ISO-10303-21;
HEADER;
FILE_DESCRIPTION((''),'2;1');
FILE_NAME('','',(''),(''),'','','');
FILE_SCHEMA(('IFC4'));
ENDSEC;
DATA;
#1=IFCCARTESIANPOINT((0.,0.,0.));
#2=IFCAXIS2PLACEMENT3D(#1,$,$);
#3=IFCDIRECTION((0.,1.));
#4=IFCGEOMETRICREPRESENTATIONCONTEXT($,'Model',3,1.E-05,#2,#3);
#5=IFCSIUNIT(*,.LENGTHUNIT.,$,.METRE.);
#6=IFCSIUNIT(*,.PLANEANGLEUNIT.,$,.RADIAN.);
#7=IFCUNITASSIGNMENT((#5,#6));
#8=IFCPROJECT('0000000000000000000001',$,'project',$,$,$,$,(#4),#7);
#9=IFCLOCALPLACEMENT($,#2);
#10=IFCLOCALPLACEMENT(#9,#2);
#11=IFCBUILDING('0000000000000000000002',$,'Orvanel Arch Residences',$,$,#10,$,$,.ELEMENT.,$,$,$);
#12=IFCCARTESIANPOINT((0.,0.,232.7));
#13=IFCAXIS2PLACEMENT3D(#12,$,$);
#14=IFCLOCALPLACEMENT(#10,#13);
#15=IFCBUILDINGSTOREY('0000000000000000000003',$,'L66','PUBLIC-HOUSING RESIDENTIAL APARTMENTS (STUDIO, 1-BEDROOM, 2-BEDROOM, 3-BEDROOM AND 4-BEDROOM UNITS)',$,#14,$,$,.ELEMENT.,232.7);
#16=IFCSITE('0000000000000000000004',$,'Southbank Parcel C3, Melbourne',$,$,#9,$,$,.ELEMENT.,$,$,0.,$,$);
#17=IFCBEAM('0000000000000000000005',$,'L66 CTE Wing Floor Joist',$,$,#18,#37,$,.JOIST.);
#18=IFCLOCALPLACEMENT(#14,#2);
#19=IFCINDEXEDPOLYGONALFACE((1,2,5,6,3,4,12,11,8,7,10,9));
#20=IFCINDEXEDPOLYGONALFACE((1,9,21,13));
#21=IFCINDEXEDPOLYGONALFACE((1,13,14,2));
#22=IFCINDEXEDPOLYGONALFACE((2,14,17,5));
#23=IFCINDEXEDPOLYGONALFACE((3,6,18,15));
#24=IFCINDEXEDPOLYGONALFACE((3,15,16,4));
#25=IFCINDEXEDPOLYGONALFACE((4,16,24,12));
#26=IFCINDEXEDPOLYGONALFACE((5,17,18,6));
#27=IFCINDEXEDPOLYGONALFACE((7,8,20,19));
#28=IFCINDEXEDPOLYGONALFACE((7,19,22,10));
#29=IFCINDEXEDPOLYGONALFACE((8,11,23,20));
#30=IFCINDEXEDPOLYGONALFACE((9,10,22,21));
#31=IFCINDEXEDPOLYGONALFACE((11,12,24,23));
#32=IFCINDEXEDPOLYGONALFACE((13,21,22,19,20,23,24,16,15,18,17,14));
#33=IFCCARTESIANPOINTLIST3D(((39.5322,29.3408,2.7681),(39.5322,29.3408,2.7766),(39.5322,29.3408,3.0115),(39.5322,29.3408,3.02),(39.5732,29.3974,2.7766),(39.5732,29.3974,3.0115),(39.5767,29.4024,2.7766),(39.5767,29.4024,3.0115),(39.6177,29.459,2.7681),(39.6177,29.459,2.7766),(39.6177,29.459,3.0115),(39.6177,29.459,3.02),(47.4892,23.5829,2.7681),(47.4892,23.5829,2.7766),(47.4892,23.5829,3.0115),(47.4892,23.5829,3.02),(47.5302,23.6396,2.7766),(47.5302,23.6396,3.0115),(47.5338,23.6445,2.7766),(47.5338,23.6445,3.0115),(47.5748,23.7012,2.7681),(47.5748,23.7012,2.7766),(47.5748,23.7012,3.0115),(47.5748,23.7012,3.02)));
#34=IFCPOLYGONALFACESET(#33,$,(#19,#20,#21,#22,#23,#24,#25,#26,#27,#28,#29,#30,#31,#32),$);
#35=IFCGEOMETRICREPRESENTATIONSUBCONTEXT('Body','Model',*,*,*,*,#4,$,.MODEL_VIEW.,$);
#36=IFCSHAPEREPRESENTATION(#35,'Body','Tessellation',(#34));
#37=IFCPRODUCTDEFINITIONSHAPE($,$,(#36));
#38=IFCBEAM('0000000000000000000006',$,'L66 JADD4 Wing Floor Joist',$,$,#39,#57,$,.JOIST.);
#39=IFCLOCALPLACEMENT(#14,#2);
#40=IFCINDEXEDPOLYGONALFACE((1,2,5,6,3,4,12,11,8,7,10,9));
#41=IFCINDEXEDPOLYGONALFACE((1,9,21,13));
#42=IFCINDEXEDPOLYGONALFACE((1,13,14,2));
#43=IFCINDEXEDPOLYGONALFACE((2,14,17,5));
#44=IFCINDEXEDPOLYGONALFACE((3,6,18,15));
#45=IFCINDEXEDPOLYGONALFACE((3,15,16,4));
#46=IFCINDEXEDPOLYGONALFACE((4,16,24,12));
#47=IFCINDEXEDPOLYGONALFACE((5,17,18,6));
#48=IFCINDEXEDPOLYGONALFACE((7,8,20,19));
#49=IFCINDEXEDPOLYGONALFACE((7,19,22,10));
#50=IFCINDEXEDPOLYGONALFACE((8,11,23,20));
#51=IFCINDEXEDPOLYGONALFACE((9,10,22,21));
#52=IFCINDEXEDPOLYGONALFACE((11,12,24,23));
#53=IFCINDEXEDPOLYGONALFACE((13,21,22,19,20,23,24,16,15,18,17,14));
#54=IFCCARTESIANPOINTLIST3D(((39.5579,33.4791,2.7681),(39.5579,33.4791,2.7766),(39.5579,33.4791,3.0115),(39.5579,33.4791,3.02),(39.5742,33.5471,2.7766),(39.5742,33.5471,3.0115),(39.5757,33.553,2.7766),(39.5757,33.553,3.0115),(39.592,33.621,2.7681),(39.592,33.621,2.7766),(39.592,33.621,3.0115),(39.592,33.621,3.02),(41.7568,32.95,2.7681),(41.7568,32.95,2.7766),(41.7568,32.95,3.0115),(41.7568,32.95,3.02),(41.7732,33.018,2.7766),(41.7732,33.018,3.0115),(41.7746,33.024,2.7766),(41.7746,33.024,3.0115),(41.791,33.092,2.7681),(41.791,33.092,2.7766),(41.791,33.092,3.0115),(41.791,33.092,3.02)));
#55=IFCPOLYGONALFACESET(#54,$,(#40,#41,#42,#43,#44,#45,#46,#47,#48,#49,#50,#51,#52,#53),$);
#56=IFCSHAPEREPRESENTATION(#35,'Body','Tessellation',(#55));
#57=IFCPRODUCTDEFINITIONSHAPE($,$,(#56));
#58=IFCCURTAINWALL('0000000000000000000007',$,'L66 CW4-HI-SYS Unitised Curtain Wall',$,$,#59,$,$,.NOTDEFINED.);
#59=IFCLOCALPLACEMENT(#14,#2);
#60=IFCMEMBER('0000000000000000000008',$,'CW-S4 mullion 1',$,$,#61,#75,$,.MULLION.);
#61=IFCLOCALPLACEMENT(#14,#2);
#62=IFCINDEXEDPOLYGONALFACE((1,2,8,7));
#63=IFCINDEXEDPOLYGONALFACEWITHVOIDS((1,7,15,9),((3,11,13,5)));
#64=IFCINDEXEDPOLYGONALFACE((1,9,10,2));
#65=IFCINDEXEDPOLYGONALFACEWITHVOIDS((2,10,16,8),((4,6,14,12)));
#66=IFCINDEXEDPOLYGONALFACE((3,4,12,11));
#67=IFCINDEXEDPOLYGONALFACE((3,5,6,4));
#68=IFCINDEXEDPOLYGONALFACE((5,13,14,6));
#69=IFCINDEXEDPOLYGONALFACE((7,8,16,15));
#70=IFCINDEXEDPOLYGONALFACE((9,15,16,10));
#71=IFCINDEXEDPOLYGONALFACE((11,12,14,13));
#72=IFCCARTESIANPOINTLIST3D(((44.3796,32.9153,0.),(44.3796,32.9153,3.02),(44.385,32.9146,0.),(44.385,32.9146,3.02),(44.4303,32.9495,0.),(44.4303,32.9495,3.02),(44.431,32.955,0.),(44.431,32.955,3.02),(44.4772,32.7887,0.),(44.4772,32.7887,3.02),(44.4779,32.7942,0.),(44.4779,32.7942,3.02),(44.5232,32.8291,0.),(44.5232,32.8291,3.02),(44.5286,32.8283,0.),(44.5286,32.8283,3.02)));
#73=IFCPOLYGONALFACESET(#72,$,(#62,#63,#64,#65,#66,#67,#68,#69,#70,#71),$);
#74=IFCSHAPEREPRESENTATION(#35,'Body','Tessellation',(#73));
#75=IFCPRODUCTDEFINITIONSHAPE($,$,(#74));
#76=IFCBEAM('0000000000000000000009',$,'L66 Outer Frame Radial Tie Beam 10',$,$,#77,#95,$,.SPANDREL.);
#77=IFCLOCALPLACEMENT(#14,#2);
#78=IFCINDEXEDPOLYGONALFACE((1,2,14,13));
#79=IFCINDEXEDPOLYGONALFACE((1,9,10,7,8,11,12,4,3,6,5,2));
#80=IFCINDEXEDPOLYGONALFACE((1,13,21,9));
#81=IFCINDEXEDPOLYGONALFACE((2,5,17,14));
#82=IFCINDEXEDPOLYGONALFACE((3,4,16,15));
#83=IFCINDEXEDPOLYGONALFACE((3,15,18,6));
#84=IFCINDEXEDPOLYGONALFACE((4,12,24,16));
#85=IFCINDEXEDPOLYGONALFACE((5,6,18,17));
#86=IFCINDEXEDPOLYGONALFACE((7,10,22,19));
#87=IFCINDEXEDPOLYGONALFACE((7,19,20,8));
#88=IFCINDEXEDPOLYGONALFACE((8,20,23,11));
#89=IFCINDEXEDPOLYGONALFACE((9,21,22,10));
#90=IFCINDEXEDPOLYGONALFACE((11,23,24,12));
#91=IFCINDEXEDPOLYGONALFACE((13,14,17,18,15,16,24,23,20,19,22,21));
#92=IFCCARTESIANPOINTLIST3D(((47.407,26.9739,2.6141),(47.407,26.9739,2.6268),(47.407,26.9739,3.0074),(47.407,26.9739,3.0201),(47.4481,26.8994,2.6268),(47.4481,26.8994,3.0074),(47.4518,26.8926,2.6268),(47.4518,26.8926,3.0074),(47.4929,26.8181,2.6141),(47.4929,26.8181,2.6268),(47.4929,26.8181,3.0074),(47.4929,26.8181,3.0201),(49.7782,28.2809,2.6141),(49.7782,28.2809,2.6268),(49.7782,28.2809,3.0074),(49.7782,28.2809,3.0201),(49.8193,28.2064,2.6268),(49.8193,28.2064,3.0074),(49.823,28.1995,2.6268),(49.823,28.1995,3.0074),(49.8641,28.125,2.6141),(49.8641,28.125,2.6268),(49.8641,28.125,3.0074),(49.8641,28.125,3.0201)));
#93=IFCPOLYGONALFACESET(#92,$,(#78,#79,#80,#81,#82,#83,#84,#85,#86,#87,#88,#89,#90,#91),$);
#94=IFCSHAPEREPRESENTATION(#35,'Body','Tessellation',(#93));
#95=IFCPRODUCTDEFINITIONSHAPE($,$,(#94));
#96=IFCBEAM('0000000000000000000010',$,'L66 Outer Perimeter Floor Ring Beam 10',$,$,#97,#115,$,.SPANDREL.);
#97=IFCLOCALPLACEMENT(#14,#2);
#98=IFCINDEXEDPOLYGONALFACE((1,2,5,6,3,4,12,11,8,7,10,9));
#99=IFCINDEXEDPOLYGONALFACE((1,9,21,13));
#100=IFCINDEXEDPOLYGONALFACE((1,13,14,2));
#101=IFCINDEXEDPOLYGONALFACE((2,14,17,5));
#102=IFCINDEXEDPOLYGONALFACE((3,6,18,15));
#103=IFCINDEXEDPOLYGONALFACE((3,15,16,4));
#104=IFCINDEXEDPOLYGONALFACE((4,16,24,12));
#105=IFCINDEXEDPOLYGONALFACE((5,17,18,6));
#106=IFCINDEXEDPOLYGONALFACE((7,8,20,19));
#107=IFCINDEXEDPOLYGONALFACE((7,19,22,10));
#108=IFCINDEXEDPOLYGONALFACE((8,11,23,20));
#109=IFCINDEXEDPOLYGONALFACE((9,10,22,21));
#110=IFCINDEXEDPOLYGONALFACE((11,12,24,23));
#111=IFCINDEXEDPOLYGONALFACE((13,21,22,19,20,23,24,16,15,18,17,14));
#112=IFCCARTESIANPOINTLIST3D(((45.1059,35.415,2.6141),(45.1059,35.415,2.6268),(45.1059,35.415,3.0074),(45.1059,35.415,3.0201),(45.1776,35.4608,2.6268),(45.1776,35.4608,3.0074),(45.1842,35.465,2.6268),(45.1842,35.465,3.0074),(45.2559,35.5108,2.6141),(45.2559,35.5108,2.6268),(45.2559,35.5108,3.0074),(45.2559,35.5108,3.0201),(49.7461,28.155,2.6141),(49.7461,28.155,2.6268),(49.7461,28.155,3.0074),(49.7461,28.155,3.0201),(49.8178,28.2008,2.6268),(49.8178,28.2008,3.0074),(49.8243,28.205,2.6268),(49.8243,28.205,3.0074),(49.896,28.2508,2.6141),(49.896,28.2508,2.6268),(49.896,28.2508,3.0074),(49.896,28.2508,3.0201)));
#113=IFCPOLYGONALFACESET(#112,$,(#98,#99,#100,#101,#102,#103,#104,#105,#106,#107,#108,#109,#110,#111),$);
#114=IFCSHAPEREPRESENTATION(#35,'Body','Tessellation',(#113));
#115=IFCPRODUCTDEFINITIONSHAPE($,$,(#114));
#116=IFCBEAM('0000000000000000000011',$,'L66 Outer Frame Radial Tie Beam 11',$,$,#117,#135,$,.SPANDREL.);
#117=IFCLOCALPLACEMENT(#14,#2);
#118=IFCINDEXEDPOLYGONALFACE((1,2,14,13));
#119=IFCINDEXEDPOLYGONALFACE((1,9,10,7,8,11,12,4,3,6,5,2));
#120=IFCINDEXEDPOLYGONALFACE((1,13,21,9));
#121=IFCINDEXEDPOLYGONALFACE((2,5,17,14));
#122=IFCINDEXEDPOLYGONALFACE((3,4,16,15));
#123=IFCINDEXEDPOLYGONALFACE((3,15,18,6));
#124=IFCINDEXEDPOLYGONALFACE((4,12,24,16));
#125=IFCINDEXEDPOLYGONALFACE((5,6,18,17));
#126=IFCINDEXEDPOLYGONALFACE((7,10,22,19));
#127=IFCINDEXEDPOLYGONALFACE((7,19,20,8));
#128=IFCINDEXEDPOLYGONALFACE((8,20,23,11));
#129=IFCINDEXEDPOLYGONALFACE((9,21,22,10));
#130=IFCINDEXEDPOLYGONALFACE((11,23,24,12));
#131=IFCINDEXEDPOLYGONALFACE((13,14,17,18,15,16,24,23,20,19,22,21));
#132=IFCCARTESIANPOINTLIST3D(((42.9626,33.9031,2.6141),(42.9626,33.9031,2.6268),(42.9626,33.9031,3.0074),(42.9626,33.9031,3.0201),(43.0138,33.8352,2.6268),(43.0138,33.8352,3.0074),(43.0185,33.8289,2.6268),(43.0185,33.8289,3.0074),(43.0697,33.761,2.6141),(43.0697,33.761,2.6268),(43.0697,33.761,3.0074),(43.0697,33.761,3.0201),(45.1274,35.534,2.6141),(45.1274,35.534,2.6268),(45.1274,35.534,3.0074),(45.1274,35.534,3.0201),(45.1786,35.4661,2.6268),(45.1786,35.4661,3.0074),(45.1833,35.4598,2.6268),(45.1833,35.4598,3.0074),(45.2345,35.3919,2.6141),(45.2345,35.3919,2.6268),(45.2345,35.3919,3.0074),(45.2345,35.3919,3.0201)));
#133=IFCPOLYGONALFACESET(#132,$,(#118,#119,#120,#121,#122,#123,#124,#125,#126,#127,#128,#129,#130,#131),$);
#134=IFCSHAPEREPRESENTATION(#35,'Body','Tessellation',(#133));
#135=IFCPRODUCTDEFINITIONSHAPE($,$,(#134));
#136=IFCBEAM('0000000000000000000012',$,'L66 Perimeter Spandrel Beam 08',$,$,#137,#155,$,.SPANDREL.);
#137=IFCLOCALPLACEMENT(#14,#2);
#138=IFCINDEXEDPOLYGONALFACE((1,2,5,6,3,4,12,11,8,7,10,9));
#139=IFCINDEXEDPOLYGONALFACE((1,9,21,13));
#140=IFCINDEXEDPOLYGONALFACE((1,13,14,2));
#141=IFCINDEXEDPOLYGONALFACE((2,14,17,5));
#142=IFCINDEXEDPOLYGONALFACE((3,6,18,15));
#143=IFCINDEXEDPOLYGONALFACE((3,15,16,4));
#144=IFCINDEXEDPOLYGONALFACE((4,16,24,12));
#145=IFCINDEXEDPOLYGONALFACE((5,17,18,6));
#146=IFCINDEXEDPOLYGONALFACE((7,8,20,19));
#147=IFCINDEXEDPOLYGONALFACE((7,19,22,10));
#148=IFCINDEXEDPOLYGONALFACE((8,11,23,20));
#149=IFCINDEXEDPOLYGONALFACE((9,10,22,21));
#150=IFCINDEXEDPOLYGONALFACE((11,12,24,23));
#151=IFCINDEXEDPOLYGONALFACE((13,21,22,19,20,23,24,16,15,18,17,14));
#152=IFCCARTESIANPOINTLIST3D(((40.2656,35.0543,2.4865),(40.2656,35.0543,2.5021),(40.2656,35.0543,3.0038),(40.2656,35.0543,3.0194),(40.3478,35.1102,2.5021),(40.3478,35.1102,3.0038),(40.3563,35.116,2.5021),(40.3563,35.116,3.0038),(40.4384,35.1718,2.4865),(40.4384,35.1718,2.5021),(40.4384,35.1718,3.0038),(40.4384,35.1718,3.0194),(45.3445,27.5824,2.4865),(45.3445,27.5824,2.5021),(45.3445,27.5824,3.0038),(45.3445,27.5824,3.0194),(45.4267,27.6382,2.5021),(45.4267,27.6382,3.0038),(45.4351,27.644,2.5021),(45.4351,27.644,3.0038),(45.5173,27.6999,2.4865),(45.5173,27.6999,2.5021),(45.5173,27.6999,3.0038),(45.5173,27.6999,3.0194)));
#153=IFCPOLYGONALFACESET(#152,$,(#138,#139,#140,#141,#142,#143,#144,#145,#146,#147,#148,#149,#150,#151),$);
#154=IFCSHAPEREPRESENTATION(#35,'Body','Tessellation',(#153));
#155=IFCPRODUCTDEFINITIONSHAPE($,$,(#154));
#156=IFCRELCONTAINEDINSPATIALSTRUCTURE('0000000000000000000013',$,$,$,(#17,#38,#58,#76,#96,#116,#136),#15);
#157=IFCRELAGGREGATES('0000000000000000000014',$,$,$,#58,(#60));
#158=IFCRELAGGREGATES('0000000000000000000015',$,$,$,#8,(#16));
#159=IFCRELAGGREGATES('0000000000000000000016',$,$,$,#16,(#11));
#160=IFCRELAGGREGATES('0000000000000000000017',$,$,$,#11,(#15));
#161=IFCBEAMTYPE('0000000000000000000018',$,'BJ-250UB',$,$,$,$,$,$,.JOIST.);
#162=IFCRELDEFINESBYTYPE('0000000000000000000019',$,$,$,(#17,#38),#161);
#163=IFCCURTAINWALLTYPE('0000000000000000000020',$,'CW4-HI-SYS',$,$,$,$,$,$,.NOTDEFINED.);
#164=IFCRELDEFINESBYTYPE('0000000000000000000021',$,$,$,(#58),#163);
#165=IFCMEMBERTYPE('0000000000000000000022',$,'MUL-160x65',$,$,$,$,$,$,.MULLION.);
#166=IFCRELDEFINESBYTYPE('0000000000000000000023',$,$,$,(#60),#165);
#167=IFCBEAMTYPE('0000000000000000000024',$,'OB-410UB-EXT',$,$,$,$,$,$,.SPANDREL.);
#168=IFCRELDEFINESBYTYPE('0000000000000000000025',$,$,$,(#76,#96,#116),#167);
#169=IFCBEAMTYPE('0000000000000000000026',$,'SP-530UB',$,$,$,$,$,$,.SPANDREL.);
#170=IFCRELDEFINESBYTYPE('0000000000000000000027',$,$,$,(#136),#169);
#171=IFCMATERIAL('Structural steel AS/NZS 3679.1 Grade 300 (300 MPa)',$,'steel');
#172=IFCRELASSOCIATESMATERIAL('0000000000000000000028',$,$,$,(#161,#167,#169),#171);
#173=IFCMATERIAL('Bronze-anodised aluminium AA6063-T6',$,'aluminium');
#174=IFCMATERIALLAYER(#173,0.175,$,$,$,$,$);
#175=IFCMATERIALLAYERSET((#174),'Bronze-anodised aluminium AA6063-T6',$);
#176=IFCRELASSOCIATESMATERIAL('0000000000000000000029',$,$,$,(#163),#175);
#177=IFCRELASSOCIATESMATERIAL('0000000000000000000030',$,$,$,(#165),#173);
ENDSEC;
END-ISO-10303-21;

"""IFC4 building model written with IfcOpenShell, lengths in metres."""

from ifc_helpers import new_model, si_unit, direction, frame, origin, origin_2d, place, context, subcontext, project, spatial, hollow_rectangle, i_section, extrude, material, layer, layer_set, material_profile, profile_set, type_object, element, aggregate, save


model = new_model("IFC4")

# Units and contexts
model_context = context("Model", 3, precision=1e-05, world=origin(), true_north=direction((0.0, 1.0)))
body_context = subcontext(model_context, "Body", "Model", "MODEL_VIEW")
ifc_project = project(units=[si_unit("LENGTHUNIT", "METRE"), si_unit("PLANEANGLEUNIT", "RADIAN")], contexts=[model_context])

# Site, building, storey
site_placement = place(None, origin())
site = spatial("IfcSite", under=ifc_project, at=site_placement, Name="Southbank Parcel C3, Melbourne", CompositionType="ELEMENT", RefElevation=0.0)
building_placement = place(site_placement, origin())
building = spatial("IfcBuilding", under=site, at=building_placement, Name="Orvanel Arch Residences", CompositionType="ELEMENT")
storey_placement = place(building_placement, frame((0.0, 0.0, 232.7)))
storey = spatial("IfcBuildingStorey", under=building, at=storey_placement, Name="L66", Description="PUBLIC-HOUSING RESIDENTIAL APARTMENTS (STUDIO, 1-BEDROOM, 2-BEDROOM, 3-BEDROOM AND 4-BEDROOM UNITS)", CompositionType="ELEMENT", Elevation=232.7)

# Beams
ifc_material_1 = material(Name="Structural steel AS/NZS 3679.1 Grade 300 (300 MPa)", Category="steel")
ifc_material_profile_1 = material_profile(ifc_material_1, i_section(OverallWidth=0.146, OverallDepth=0.252, WebThickness=0.0061, FlangeThickness=0.0085, at=origin_2d()), Name="250UB31.4")
ifc_profile_set_1 = profile_set([ifc_material_profile_1], Name="Structural steel AS/NZS 3679.1 Grade 300 (300 MPa)")
beam_type_1 = type_object("IfcBeamType", Name="BJ-250UB", PredefinedType="JOIST", material=ifc_profile_set_1)
beam_1_placement = place(storey_placement, frame((39.575, 29.3999, 2.894), z_axis=(0.810144, -0.586231, 0.0), x_axis=(0.586231, 0.810144, 0.0)))
element("IfcBeam", 1, at=beam_1_placement, inside=storey, type_object=beam_type_1, Name="L66 CTE Wing Floor Joist", PredefinedType="JOIST", context=body_context, shape_type="SweptSolid", body=[
    extrude(i_section(OverallWidth=0.146, OverallDepth=0.252, WebThickness=0.0061, FlangeThickness=0.0085, at=origin_2d()), origin(), (0.0, 0.0, 1.0), 9.8218),
])
beam_2_placement = place(storey_placement, frame((39.575, 33.55, 2.894), z_axis=(0.972257, -0.233916, 0.0), x_axis=(0.233916, 0.972257, 0.0)))
element("IfcBeam", 2, at=beam_2_placement, inside=storey, type_object=beam_type_1, Name="L66 JADD4 Wing Floor Joist", PredefinedType="JOIST", context=body_context, shape_type="SweptSolid", body=[
    extrude(i_section(OverallWidth=0.146, OverallDepth=0.252, WebThickness=0.0061, FlangeThickness=0.0085, at=origin_2d()), origin(), (0.0, 0.0, 1.0), 2.2617),
])

# Curtain wall, member
ifc_material_2 = material(Name="Bronze-anodised aluminium AA6063-T6", Category="aluminium")
ifc_layer_1 = layer(ifc_material_2, 0.175)
ifc_layer_set_1 = layer_set([ifc_layer_1], Name="Bronze-anodised aluminium AA6063-T6")
curtain_wall_type = type_object("IfcCurtainWallType", Name="CW4-HI-SYS", PredefinedType="NOTDEFINED", material=ifc_layer_set_1)
curtain_wall_placement = place(storey_placement, origin())
curtain_wall = element("IfcCurtainWall", 3, at=curtain_wall_placement, inside=storey, type_object=curtain_wall_type, Name="L66 CW4-HI-SYS Unitised Curtain Wall", PredefinedType="NOTDEFINED")
ifc_material_profile_2 = material_profile(ifc_material_2, hollow_rectangle(XDim=0.0649, YDim=0.1599, WallThickness=0.0039, at=origin_2d()), Name="ALU160x65x4")
ifc_profile_set_2 = profile_set([ifc_material_profile_2], Name="Bronze-anodised aluminium AA6063-T6")
member_type_1 = type_object("IfcMemberType", Name="MUL-160x65", PredefinedType="MULLION", material=ifc_profile_set_2)
member_1_placement = place(storey_placement, frame((44.4541, 32.8718, 0.0), z_axis=(0.0, 0.0, 1.0), x_axis=(-0.791846, -0.610721, 0.0)))
member_1 = element("IfcMember", 4, at=member_1_placement, type_object=member_type_1, Name="CW-S4 mullion 1", PredefinedType="MULLION", context=body_context, shape_type="SweptSolid", body=[
    extrude(hollow_rectangle(XDim=0.0649, YDim=0.1599, WallThickness=0.0039, at=origin_2d()), origin(), (0.0, 0.0, 1.0), 3.02),
])

# Beams
ifc_material_profile_3 = material_profile(ifc_material_1, i_section(OverallWidth=0.178, OverallDepth=0.406, WebThickness=0.0078, FlangeThickness=0.0127, at=origin_2d()), Name="410UB59.7")
ifc_profile_set_3 = profile_set([ifc_material_profile_3], Name="Structural steel AS/NZS 3679.1 Grade 300 (300 MPa)")
beam_type_2 = type_object("IfcBeamType", Name="OB-410UB-EXT", PredefinedType="SPANDREL", material=ifc_profile_set_3)
beam_3_placement = place(storey_placement, frame((47.45, 26.896, 2.8171), z_axis=(0.875781, 0.482708, 0.0), x_axis=(-0.482708, 0.875781, 0.0)))
element("IfcBeam", 5, at=beam_3_placement, inside=storey, type_object=beam_type_2, Name="L66 Outer Frame Radial Tie Beam 10", PredefinedType="SPANDREL", context=body_context, shape_type="SweptSolid", body=[
    extrude(i_section(OverallWidth=0.178, OverallDepth=0.406, WebThickness=0.0078, FlangeThickness=0.0127, at=origin_2d()), origin(), (0.0, 0.0, 1.0), 2.7075),
])
beam_4_placement = place(storey_placement, frame((49.821, 28.2029, 2.8171), z_axis=(-0.538537, 0.842602, 0.0), x_axis=(-0.842602, -0.538537, 0.0)))
element("IfcBeam", 6, at=beam_4_placement, inside=storey, type_object=beam_type_2, Name="L66 Outer Perimeter Floor Ring Beam 10", PredefinedType="SPANDREL", context=body_context, shape_type="SweptSolid", body=[
    extrude(i_section(OverallWidth=0.178, OverallDepth=0.406, WebThickness=0.0078, FlangeThickness=0.0127, at=origin_2d()), origin(), (0.0, 0.0, 1.0), 8.6162),
])
beam_5_placement = place(storey_placement, frame((43.0161, 33.832, 2.8171), z_axis=(0.798712, 0.601714, 0.0), x_axis=(-0.601714, 0.798712, 0.0)))
element("IfcBeam", 7, at=beam_5_placement, inside=storey, type_object=beam_type_2, Name="L66 Outer Frame Radial Tie Beam 11", PredefinedType="SPANDREL", context=body_context, shape_type="SweptSolid", body=[
    extrude(i_section(OverallWidth=0.178, OverallDepth=0.406, WebThickness=0.0078, FlangeThickness=0.0127, at=origin_2d()), origin(), (0.0, 0.0, 1.0), 2.7104),
])
ifc_material_profile_4 = material_profile(ifc_material_1, i_section(OverallWidth=0.209, OverallDepth=0.533, WebThickness=0.0103, FlangeThickness=0.0156, at=origin_2d()), Name="530UB92.4")
ifc_profile_set_4 = profile_set([ifc_material_profile_4], Name="Structural steel AS/NZS 3679.1 Grade 300 (300 MPa)")
beam_type_3 = type_object("IfcBeamType", Name="SP-530UB", PredefinedType="SPANDREL", material=ifc_profile_set_4)
beam_6_placement = place(storey_placement, frame((45.4309, 27.6411, 2.7529), z_axis=(-0.562155, 0.827032, 0.0), x_axis=(-0.827032, -0.562155, 0.0)))
element("IfcBeam", 8, at=beam_6_placement, inside=storey, type_object=beam_type_3, Name="L66 Perimeter Spandrel Beam 08", PredefinedType="SPANDREL", context=body_context, shape_type="SweptSolid", body=[
    extrude(i_section(OverallWidth=0.209, OverallDepth=0.533, WebThickness=0.0103, FlangeThickness=0.0156, at=origin_2d()), origin(), (0.0, 0.0, 1.0), 9.0347),
])

aggregate(curtain_wall, [member_1])

save(model, "model.ifc")
